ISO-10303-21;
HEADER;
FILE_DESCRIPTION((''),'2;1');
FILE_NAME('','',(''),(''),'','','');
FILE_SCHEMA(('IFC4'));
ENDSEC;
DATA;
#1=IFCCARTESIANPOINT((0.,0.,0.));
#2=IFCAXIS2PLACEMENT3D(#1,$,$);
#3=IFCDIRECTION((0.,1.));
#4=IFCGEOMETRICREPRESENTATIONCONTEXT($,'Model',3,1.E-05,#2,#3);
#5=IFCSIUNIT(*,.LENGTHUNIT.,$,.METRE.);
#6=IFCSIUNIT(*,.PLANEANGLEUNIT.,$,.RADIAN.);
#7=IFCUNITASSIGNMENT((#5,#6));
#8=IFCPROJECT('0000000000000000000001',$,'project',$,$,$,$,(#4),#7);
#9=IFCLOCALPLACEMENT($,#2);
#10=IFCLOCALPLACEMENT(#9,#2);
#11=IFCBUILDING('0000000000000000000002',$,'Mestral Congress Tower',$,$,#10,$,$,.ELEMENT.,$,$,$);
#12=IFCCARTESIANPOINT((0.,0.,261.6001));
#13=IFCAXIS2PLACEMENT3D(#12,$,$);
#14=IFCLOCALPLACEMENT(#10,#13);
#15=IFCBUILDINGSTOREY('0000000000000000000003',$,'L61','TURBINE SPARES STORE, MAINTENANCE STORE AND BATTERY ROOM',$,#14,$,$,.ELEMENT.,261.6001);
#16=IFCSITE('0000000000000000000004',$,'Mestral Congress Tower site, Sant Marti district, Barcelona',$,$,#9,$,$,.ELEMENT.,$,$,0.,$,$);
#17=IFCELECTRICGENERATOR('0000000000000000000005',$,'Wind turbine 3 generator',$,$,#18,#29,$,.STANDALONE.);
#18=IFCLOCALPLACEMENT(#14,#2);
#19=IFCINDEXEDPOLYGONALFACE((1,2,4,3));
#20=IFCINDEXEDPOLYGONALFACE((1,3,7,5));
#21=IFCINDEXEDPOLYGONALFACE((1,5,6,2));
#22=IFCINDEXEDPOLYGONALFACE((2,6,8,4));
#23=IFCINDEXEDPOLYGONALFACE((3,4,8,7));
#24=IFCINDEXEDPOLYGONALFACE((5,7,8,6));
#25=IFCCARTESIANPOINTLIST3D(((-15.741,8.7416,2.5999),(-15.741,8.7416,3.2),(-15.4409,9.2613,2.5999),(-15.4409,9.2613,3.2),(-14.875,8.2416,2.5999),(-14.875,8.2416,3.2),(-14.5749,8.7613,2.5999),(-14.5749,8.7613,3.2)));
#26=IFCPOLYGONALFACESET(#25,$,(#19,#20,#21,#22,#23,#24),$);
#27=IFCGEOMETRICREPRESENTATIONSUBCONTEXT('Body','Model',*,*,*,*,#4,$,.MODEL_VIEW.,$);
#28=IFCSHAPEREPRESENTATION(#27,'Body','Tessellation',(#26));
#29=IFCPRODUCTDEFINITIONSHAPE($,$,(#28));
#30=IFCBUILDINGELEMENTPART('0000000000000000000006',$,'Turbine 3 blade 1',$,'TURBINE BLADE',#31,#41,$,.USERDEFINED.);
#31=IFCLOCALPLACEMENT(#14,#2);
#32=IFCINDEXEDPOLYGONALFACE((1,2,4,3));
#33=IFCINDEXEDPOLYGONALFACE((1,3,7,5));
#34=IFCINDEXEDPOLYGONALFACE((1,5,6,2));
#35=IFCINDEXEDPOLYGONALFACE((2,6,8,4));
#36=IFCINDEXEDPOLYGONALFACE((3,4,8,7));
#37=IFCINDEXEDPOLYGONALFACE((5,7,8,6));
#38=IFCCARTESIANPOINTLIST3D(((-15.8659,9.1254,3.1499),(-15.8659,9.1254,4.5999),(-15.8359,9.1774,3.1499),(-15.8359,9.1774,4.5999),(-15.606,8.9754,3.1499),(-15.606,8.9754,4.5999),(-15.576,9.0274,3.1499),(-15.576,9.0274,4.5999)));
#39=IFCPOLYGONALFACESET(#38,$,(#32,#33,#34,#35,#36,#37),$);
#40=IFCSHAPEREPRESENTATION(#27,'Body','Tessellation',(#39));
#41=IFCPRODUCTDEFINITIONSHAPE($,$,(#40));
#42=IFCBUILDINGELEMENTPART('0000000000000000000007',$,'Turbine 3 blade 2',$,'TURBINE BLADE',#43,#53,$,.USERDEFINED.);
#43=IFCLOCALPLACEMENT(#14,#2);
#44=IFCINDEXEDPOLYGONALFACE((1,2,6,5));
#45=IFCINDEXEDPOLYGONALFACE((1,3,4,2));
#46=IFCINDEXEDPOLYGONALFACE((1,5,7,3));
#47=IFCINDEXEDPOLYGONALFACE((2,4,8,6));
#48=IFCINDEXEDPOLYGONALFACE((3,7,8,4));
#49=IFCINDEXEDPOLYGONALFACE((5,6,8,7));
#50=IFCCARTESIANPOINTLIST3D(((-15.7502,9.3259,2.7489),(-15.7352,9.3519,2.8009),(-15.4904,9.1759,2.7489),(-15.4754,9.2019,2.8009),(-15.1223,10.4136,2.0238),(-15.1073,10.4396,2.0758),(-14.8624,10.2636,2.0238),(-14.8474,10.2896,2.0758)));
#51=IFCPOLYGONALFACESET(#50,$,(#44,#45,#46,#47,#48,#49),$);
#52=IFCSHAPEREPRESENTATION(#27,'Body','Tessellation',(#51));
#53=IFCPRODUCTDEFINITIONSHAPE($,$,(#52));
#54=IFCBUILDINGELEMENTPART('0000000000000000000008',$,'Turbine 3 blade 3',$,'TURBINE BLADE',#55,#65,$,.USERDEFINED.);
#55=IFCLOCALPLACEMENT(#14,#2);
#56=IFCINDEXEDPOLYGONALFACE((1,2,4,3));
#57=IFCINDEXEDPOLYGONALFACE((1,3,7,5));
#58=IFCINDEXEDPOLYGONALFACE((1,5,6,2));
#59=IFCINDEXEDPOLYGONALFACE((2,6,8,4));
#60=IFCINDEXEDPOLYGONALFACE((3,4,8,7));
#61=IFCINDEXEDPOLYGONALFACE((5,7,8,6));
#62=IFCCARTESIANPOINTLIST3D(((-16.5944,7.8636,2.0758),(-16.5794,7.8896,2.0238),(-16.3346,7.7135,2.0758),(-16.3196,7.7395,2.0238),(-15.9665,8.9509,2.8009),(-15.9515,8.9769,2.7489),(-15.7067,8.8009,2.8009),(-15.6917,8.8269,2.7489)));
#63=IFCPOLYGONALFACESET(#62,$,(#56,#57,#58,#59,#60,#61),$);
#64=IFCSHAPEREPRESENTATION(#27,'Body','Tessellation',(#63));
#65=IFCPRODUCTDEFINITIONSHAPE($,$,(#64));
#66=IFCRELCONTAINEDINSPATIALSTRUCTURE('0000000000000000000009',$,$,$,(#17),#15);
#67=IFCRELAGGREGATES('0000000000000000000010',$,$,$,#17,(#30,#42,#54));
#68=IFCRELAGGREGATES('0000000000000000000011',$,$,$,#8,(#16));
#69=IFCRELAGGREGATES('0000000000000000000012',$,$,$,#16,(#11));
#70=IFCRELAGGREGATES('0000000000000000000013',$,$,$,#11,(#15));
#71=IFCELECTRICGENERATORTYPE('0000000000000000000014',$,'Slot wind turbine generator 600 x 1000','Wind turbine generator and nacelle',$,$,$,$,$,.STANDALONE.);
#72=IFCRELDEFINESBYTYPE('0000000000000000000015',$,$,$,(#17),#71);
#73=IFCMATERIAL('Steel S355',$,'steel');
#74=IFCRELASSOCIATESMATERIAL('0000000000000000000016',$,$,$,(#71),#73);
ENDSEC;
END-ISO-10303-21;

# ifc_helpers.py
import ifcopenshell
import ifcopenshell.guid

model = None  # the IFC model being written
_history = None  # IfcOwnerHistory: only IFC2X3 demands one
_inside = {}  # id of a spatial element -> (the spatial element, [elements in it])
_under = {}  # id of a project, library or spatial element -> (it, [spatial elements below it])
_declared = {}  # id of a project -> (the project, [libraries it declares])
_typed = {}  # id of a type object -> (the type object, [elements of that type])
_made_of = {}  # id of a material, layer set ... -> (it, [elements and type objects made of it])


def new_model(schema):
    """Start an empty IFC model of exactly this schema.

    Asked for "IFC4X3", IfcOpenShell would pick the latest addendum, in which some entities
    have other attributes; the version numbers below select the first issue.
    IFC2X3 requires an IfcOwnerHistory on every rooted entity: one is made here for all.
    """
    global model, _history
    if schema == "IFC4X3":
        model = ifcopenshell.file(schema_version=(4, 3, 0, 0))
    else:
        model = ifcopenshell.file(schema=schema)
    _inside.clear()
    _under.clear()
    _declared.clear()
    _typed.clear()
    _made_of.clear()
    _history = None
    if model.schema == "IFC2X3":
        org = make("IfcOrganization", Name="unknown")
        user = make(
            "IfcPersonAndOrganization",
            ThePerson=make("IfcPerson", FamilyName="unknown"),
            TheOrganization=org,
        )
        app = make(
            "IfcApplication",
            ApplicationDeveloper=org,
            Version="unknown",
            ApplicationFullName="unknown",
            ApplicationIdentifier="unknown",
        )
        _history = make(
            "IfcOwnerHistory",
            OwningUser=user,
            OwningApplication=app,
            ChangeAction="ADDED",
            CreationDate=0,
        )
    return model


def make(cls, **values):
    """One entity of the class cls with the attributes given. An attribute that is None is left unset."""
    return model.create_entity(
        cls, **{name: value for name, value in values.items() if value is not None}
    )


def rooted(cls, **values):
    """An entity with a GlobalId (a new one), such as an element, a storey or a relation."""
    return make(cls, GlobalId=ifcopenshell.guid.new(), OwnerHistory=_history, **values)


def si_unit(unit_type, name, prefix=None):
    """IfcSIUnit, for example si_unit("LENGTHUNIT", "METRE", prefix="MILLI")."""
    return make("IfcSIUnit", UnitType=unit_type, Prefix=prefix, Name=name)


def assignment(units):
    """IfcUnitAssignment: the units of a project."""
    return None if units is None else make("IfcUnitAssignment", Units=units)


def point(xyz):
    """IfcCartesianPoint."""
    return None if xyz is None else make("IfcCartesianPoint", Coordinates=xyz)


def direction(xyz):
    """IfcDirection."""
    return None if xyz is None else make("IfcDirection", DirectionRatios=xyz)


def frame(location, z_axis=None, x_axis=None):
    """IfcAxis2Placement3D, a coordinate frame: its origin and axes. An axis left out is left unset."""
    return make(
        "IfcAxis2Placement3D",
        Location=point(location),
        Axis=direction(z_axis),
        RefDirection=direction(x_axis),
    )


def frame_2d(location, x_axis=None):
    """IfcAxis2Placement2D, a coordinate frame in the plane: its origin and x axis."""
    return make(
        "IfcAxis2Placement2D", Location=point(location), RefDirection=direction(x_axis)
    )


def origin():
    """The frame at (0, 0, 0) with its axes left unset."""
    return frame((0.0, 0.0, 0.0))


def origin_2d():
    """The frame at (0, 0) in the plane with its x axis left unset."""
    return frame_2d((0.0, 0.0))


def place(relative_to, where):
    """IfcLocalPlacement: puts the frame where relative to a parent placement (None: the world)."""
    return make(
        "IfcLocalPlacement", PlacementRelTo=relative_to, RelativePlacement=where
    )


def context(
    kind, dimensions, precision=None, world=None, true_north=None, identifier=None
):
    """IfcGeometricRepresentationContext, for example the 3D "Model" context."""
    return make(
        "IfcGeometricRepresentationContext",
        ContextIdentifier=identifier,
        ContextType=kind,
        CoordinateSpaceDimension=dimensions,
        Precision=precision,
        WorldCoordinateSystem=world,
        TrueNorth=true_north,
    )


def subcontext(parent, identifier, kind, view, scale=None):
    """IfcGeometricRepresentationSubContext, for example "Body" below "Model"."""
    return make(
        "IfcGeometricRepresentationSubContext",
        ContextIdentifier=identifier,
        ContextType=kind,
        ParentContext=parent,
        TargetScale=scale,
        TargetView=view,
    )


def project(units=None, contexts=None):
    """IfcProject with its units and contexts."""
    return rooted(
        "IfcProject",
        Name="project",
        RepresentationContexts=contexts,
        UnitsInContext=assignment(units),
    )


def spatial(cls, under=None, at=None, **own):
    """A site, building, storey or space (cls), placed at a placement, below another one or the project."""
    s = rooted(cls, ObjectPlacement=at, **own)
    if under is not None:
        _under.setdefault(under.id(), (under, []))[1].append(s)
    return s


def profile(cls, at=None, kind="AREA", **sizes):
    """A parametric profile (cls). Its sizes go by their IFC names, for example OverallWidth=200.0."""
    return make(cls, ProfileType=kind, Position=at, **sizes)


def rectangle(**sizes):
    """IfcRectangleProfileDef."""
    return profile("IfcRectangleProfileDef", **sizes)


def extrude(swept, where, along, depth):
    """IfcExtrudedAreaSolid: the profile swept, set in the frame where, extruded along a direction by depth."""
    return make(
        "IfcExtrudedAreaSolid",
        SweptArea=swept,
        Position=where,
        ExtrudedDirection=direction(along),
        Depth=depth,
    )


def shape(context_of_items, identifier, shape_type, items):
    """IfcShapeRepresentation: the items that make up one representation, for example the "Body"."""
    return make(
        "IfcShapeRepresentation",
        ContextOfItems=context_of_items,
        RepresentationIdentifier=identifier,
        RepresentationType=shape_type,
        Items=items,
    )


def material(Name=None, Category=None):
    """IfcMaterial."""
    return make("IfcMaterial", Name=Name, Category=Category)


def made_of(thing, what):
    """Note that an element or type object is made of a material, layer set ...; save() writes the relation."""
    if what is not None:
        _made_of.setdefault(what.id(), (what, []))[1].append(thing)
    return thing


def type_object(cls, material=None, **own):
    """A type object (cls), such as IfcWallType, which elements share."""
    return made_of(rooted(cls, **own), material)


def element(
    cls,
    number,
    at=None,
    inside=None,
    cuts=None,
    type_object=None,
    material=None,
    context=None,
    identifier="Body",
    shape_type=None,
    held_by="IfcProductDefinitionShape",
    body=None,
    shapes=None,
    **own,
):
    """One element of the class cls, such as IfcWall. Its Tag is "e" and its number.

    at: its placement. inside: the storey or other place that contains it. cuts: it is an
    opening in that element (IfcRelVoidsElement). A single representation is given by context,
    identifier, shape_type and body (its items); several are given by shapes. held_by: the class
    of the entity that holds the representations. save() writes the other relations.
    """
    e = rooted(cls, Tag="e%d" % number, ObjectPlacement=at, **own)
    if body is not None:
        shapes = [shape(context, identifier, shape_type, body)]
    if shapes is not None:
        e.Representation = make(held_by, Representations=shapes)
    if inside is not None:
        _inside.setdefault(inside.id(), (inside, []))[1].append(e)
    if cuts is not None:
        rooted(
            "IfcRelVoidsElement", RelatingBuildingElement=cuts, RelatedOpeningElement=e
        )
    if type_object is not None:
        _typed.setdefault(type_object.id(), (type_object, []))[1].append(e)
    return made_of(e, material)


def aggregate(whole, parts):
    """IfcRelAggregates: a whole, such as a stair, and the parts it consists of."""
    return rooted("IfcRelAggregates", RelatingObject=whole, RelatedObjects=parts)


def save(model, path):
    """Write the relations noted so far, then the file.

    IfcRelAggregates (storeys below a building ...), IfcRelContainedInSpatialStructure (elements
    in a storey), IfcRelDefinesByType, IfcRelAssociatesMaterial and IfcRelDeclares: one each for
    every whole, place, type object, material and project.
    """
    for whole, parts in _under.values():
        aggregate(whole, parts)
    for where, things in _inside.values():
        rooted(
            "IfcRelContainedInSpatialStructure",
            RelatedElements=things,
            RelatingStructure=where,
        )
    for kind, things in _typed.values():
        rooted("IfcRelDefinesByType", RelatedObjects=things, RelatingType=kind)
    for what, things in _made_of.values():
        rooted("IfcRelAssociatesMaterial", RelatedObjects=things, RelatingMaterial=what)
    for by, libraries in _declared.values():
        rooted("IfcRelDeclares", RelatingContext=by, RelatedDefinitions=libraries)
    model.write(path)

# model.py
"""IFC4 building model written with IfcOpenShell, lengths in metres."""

from ifc_helpers import new_model, si_unit, direction, frame, origin, origin_2d, place, context, subcontext, project, spatial, rectangle, extrude, material, type_object, element, aggregate, save


model = new_model("IFC4")

# Units and contexts
model_context = context("Model", 3, precision=1e-05, world=origin(), true_north=direction((0.0, 1.0)))
body_context = subcontext(model_context, "Body", "Model", "MODEL_VIEW")
ifc_project = project(units=[si_unit("LENGTHUNIT", "METRE"), si_unit("PLANEANGLEUNIT", "RADIAN")], contexts=[model_context])

# Site, building, storey
site_placement = place(None, origin())
site = spatial("IfcSite", under=ifc_project, at=site_placement, Name="Mestral Congress Tower site, Sant Marti district, Barcelona", CompositionType="ELEMENT", RefElevation=0.0)
building_placement = place(site_placement, origin())
building = spatial("IfcBuilding", under=site, at=building_placement, Name="Mestral Congress Tower", CompositionType="ELEMENT")
storey_placement = place(building_placement, frame((0.0, 0.0, 261.6001)))
storey = spatial("IfcBuildingStorey", under=building, at=storey_placement, Name="L61", Description="TURBINE SPARES STORE, MAINTENANCE STORE AND BATTERY ROOM", CompositionType="ELEMENT", Elevation=261.6001)

# Shared definitions
ifc_material_1 = material(Name="Steel S355", Category="steel")

# Electric generator, building element parts
electric_generator_type = type_object("IfcElectricGeneratorType", Name="Slot wind turbine generator 600 x 1000", Description="Wind turbine generator and nacelle", PredefinedType="STANDALONE", material=ifc_material_1)
electric_generator_placement = place(storey_placement, frame((-15.158, 8.7515, 2.5999), z_axis=(0.0, 0.0, 1.0), x_axis=(-0.5, -0.866025, 0.0)))
electric_generator = element("IfcElectricGenerator", 1, at=electric_generator_placement, inside=storey, type_object=electric_generator_type, Name="Wind turbine 3 generator", PredefinedType="STANDALONE", context=body_context, shape_type="SweptSolid", body=[
    extrude(rectangle(XDim=0.6001, YDim=1.0, at=origin_2d()), origin(), (0.0, 0.0, 1.0), 0.6001),
])
building_element_part_1_placement = place(storey_placement, frame((-15.7209, 9.0764, 3.1499), z_axis=(0.0, 0.0, 1.0), x_axis=(-0.866025, 0.5, 0.0)))
building_element_part_1 = element("IfcBuildingElementPart", 2, at=building_element_part_1_placement, Name="Turbine 3 blade 1", ObjectType="TURBINE BLADE", PredefinedType="USERDEFINED", context=body_context, shape_type="SweptSolid", body=[
    extrude(rectangle(XDim=0.3, YDim=0.0601, at=origin_2d()), origin(), (0.0, 0.0, 1.0), 1.45),
])
building_element_part_2_placement = place(storey_placement, frame((-15.6128, 9.2639, 2.7749), z_axis=(0.433, 0.750005, -0.500003), x_axis=(-0.866033, 0.499986, 0.0)))
building_element_part_2 = element("IfcBuildingElementPart", 3, at=building_element_part_2_placement, Name="Turbine 3 blade 2", ObjectType="TURBINE BLADE", PredefinedType="USERDEFINED", context=body_context, shape_type="SweptSolid", body=[
    extrude(rectangle(XDim=0.3, YDim=0.0601, at=origin_2d()), origin(), (0.0, 0.0, 1.0), 1.4502),
])
building_element_part_3_placement = place(storey_placement, frame((-15.8291, 8.8889, 2.7749), z_axis=(-0.433054, -0.749932, -0.500067), x_axis=(0.865985, -0.50007, 0.0)))
building_element_part_3 = element("IfcBuildingElementPart", 4, at=building_element_part_3_placement, Name="Turbine 3 blade 3", ObjectType="TURBINE BLADE", PredefinedType="USERDEFINED", context=body_context, shape_type="SweptSolid", body=[
    extrude(rectangle(XDim=0.3, YDim=0.0601, at=origin_2d()), origin(), (0.0, 0.0, 1.0), 1.45),
])
aggregate(electric_generator, [building_element_part_1, building_element_part_2, building_element_part_3])

save(model, "model.ifc")
